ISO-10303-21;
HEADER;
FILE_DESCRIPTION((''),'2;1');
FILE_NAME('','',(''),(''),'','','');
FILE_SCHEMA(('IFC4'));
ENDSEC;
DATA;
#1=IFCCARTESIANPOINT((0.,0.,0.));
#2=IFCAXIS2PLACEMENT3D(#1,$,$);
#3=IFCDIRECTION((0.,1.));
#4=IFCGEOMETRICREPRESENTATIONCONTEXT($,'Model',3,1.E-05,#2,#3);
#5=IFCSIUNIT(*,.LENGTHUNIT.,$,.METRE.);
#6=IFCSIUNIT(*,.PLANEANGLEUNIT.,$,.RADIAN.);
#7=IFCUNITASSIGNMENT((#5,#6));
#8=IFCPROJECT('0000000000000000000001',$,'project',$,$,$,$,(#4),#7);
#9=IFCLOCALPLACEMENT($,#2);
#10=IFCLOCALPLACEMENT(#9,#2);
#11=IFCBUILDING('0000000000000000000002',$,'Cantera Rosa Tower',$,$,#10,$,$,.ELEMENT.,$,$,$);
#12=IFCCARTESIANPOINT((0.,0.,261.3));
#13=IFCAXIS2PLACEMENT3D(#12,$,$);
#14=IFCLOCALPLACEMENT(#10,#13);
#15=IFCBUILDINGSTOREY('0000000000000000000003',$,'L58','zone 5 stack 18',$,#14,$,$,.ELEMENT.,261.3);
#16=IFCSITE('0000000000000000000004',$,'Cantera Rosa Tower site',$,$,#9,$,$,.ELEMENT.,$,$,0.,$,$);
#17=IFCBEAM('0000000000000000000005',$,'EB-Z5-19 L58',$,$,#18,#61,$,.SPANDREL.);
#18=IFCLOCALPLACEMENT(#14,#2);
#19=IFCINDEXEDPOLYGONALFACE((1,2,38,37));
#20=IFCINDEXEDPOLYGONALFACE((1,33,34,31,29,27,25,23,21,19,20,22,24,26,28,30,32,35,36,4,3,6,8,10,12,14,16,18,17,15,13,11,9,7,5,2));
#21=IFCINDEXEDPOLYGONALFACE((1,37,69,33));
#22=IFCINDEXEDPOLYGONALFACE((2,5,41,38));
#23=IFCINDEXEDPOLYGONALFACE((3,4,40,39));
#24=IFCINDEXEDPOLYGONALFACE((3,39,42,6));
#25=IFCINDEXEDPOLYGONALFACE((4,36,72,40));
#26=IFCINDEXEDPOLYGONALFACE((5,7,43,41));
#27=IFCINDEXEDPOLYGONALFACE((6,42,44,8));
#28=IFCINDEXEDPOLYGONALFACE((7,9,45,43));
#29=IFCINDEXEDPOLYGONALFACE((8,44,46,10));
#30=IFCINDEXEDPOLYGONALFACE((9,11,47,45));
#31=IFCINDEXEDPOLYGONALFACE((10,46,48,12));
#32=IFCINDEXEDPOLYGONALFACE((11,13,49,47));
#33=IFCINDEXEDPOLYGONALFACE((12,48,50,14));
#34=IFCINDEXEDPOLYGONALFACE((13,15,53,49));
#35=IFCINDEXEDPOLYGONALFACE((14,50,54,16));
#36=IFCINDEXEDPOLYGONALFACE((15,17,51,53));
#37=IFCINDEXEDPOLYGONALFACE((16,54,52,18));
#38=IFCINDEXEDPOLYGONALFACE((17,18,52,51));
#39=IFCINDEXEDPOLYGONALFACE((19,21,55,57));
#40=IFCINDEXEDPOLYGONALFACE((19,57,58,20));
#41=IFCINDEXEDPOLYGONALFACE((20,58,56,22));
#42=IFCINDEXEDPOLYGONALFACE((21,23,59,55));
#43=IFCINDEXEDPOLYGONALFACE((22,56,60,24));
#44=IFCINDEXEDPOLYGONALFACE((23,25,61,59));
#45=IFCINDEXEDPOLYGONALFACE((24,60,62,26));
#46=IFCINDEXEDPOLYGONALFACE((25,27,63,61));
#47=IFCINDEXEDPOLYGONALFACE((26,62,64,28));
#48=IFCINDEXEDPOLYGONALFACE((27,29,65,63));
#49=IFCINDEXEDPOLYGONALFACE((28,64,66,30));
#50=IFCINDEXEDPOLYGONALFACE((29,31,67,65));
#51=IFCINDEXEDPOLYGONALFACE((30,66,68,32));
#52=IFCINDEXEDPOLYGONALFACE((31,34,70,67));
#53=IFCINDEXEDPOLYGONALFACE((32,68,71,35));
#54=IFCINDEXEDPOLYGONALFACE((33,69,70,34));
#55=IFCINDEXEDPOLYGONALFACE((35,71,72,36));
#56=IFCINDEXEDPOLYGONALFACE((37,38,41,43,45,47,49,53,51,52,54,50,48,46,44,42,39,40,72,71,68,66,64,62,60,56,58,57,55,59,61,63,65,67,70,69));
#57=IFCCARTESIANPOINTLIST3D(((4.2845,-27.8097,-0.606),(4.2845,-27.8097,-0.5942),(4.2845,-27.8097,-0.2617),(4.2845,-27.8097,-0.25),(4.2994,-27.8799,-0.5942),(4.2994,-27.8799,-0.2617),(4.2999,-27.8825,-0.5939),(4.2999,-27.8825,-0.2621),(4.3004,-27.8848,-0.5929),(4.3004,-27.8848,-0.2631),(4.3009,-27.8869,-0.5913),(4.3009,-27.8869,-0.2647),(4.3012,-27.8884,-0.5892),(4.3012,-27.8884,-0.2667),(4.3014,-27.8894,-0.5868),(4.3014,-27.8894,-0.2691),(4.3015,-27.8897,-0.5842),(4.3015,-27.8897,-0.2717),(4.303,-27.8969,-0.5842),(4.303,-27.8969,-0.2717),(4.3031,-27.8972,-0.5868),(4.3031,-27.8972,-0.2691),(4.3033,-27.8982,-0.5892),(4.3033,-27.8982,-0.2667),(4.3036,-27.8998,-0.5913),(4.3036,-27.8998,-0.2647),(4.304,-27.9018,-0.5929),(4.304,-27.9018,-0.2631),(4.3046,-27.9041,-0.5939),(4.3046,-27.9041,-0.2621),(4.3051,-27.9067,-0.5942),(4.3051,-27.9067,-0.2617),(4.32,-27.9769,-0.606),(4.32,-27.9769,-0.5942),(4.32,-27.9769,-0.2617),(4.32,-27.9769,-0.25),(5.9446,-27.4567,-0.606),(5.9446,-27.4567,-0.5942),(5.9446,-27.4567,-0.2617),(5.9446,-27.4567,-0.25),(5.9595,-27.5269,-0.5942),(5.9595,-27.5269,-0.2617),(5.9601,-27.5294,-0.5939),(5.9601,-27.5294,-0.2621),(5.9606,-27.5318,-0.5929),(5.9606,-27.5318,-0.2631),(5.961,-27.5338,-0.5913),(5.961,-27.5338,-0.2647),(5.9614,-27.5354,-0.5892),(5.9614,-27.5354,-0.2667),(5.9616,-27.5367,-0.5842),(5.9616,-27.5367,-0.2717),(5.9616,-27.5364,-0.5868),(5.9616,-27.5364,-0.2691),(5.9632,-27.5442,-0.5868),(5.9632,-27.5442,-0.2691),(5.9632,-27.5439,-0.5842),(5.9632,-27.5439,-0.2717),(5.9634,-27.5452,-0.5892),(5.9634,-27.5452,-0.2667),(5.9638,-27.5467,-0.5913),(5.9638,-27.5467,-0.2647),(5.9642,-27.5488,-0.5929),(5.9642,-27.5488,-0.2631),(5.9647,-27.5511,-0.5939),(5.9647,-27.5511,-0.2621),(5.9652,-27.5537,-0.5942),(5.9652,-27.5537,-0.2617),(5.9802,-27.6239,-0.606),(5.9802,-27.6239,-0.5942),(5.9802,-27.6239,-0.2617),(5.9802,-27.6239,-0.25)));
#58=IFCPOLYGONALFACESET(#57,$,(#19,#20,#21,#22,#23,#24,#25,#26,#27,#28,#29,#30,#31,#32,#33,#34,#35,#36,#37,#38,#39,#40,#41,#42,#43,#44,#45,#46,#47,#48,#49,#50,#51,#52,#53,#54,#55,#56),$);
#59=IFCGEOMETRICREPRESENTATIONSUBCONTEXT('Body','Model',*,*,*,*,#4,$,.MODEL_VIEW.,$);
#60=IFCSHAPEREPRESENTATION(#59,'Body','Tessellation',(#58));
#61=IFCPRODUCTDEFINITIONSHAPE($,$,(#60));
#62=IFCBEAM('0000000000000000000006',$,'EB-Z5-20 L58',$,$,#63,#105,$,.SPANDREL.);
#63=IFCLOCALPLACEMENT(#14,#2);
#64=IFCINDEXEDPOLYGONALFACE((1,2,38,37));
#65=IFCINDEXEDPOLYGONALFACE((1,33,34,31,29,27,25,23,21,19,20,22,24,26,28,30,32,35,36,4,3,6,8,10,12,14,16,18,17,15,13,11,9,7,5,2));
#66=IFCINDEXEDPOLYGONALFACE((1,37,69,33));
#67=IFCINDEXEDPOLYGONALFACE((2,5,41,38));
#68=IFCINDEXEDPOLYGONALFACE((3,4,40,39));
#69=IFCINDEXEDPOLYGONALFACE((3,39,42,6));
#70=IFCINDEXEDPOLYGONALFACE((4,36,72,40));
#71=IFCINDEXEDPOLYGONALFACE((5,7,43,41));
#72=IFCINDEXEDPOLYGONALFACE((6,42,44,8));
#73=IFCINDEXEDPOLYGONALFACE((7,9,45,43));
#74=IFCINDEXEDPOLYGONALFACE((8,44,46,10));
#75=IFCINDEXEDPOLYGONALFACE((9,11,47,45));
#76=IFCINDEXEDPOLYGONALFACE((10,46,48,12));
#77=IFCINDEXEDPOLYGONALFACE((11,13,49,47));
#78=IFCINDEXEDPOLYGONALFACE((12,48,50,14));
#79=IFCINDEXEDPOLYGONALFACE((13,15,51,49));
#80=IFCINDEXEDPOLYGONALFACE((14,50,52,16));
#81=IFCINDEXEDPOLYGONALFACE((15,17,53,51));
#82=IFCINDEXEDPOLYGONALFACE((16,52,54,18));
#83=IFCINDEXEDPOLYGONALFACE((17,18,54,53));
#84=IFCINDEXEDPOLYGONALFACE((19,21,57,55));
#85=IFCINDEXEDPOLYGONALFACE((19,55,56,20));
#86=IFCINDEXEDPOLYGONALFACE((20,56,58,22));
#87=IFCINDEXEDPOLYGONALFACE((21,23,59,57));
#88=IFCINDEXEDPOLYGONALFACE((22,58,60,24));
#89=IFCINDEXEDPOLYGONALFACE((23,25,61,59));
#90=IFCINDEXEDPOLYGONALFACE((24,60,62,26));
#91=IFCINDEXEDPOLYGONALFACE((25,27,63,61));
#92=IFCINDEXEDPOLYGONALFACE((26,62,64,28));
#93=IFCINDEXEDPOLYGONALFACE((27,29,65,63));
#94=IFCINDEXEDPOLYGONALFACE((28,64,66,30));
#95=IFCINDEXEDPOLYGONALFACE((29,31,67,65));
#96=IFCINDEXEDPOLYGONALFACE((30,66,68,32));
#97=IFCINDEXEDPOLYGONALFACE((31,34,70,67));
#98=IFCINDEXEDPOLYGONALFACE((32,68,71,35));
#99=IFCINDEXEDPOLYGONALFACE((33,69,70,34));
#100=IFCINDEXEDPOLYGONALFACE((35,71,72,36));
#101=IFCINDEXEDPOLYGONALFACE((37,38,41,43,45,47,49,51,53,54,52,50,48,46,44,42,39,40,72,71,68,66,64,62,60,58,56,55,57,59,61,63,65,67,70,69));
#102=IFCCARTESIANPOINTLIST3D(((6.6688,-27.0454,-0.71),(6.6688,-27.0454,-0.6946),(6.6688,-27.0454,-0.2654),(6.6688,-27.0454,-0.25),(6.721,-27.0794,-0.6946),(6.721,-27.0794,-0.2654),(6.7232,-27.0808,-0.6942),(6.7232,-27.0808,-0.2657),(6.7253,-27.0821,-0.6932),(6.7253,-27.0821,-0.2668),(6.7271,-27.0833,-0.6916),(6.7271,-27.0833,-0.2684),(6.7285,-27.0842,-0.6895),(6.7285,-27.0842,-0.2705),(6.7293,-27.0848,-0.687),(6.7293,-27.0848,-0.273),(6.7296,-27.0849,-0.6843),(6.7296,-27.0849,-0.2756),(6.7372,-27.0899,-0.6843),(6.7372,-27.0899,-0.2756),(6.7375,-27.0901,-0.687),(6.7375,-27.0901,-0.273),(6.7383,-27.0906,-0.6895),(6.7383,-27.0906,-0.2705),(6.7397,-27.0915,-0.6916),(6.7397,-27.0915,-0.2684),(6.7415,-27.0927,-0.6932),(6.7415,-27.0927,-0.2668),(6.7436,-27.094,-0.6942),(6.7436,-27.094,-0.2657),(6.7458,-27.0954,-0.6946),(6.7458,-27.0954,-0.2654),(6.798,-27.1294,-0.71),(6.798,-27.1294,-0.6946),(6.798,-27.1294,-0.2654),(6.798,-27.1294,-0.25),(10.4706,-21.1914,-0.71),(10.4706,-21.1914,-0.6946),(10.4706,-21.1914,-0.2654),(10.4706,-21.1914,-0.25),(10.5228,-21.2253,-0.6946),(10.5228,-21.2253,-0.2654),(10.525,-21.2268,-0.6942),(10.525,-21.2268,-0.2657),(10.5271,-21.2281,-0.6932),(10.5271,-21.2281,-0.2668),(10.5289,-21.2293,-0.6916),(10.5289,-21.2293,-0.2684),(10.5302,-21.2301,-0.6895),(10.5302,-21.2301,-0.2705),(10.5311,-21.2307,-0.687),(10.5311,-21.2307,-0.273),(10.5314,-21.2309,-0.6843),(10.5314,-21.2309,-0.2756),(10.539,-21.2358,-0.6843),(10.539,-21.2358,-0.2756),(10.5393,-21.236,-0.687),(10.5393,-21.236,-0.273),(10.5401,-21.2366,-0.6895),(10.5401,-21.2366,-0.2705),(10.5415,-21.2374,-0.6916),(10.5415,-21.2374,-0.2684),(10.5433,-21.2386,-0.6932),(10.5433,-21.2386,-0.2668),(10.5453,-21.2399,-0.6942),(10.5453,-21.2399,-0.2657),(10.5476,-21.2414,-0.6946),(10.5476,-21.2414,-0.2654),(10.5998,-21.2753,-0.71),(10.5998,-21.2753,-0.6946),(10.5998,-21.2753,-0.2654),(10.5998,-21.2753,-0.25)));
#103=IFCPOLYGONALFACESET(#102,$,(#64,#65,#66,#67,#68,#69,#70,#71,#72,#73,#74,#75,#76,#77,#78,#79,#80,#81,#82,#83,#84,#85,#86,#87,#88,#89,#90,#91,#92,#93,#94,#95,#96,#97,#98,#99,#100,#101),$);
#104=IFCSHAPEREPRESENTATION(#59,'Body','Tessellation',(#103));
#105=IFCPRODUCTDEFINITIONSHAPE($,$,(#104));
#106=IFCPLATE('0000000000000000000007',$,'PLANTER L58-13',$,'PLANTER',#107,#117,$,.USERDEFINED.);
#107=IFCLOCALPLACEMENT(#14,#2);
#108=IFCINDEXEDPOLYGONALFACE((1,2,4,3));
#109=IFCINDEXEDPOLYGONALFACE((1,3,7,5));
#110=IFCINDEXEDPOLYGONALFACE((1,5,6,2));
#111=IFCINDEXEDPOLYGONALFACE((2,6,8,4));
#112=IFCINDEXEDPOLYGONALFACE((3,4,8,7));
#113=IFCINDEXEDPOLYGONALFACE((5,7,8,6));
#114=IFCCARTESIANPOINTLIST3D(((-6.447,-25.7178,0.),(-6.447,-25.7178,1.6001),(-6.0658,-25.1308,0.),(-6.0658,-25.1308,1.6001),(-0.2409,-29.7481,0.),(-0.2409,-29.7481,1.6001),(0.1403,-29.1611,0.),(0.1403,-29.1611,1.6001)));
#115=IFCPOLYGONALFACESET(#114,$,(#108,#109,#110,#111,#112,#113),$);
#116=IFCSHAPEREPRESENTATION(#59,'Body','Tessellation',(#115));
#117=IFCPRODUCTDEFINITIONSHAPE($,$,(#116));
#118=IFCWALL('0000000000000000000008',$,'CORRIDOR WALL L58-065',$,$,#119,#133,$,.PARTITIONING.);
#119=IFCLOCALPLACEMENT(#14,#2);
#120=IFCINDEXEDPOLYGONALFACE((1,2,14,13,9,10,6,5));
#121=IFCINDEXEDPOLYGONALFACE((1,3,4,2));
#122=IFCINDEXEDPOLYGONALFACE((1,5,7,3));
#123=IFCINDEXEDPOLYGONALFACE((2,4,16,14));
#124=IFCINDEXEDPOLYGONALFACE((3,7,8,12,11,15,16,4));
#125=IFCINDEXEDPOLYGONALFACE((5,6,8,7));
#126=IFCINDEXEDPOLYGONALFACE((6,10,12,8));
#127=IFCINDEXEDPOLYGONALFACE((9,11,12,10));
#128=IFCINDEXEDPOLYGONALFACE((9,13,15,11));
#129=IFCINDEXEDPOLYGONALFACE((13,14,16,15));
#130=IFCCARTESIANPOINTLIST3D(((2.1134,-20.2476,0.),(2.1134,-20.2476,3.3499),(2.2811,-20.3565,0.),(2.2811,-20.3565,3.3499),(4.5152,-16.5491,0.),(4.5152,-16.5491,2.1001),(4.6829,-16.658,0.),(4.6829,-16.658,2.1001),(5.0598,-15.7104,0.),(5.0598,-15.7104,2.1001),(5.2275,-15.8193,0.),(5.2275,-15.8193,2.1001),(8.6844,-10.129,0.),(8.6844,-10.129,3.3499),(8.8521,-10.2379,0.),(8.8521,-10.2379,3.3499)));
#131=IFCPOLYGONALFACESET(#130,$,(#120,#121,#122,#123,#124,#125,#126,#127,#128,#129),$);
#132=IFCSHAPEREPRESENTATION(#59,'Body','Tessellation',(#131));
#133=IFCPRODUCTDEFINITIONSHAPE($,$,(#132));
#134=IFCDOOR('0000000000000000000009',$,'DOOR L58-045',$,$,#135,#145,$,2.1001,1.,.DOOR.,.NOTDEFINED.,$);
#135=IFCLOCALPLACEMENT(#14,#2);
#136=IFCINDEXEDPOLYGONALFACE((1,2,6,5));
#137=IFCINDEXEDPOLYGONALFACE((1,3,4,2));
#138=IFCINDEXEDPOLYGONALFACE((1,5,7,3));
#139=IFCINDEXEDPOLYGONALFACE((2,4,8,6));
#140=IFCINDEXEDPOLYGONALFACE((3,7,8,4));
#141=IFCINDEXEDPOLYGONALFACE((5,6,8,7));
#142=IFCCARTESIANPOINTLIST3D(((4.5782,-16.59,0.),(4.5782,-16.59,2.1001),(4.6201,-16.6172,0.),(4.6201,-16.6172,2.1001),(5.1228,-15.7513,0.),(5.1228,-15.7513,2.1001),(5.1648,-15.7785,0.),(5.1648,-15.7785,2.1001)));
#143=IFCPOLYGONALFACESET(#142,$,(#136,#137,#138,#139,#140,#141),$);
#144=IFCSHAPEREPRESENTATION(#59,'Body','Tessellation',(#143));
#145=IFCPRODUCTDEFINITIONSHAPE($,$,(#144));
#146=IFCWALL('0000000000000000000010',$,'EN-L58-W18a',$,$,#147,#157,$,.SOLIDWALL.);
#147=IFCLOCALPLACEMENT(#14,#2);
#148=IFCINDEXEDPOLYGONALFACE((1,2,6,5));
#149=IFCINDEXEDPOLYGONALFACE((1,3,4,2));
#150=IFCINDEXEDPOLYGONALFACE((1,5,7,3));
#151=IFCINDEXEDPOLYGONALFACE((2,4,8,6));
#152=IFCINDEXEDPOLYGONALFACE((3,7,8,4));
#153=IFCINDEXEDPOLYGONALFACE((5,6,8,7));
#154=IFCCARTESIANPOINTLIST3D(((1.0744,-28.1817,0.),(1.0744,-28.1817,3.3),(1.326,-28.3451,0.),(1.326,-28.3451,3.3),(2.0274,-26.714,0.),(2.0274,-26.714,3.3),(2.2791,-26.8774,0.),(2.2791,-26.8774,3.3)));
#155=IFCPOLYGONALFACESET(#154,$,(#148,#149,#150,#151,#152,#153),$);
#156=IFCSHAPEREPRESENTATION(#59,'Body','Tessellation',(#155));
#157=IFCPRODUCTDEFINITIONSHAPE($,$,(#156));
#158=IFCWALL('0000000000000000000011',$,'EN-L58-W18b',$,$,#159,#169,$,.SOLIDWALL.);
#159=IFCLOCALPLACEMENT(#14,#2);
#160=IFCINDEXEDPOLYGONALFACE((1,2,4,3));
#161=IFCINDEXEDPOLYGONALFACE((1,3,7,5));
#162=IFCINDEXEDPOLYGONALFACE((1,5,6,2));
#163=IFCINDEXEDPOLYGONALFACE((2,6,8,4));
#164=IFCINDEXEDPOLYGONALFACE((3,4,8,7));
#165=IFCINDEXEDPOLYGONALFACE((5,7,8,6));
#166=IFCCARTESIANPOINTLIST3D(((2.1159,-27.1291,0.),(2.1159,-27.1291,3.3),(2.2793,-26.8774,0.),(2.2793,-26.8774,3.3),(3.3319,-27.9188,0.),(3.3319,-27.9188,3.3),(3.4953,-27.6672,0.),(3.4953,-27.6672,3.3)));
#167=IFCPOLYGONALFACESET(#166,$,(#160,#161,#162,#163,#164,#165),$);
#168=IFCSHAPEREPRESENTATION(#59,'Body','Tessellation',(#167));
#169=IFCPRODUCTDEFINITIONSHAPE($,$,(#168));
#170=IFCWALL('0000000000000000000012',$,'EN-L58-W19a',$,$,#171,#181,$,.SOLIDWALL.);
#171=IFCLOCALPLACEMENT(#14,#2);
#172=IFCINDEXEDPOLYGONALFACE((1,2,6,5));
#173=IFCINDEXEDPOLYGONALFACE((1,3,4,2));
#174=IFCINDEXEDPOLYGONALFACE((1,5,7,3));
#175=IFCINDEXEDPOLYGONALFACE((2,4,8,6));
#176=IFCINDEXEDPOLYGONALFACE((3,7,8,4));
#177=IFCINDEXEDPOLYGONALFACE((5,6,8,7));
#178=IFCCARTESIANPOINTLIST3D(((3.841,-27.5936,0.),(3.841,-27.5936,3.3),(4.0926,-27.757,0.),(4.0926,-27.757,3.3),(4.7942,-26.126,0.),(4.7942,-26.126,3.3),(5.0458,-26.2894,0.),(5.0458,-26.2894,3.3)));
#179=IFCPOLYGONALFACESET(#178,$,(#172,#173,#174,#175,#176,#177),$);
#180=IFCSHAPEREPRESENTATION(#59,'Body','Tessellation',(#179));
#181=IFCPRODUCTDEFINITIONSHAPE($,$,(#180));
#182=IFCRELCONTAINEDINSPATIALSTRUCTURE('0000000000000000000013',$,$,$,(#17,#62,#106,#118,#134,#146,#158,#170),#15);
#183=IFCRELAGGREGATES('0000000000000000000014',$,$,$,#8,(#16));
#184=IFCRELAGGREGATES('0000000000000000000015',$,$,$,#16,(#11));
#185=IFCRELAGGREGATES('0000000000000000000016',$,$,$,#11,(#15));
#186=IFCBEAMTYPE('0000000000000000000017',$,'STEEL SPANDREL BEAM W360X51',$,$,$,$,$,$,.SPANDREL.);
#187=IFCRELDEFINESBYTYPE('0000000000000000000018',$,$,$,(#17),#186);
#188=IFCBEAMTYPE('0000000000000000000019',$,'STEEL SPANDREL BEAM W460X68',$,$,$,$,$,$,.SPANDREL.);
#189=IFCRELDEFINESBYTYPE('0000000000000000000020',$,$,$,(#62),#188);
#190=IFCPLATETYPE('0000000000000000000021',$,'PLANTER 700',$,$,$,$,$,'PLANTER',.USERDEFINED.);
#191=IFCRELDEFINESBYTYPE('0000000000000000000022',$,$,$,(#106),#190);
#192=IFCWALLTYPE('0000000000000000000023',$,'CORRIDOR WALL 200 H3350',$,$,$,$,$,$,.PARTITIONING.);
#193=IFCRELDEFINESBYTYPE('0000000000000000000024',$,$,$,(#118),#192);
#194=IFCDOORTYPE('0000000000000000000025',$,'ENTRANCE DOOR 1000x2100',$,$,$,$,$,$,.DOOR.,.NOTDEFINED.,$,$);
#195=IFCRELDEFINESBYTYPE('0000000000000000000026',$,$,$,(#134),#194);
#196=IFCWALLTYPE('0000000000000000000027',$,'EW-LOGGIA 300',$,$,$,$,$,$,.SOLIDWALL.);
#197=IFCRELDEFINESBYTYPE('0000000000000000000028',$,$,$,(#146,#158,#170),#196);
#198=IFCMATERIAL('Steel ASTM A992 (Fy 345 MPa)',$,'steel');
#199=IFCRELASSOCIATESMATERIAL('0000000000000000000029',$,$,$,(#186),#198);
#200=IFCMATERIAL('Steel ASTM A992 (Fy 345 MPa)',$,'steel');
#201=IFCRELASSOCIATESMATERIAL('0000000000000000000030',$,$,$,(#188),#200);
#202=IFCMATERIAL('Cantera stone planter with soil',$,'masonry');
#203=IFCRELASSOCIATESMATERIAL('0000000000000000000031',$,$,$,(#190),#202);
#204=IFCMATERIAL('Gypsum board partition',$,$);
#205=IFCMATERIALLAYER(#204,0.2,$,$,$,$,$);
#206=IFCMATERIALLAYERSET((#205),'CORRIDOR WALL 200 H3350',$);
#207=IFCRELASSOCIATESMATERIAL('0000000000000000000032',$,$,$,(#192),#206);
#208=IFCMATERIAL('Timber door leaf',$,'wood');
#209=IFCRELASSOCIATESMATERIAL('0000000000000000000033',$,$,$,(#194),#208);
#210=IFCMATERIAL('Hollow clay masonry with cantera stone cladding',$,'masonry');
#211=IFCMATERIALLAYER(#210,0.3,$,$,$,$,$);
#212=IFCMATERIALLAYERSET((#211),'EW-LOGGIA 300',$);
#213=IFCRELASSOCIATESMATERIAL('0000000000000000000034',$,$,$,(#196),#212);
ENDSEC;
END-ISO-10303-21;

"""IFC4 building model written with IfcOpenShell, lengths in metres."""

from ifc_helpers import new_model, si_unit, direction, frame, frame_2d, origin, origin_2d, place, context, subcontext, project, spatial, rectangle, i_section, extrude, material, layer, layer_set, material_profile, profile_set, type_object, element, fill, save


model = new_model("IFC4")

# Units and contexts
model_context = context("Model", 3, precision=1e-05, world=origin(), true_north=direction((0.0, 1.0)))
body_context = subcontext(model_context, "Body", "Model", "MODEL_VIEW")
ifc_project = project(units=[si_unit("LENGTHUNIT", "METRE"), si_unit("PLANEANGLEUNIT", "RADIAN")], contexts=[model_context])

# Site, building, storey
site_placement = place(None, origin())
site = spatial("IfcSite", under=ifc_project, at=site_placement, Name="Cantera Rosa Tower site", CompositionType="ELEMENT", RefElevation=0.0)
building_placement = place(site_placement, origin())
building = spatial("IfcBuilding", under=site, at=building_placement, Name="Cantera Rosa Tower", CompositionType="ELEMENT")
storey_placement = place(building_placement, frame((0.0, 0.0, 261.3)))
storey = spatial("IfcBuildingStorey", under=building, at=storey_placement, Name="L58", Description="zone 5 stack 18", CompositionType="ELEMENT", Elevation=261.3)

# Beams
ifc_material_1 = material(Name="Steel ASTM A992 (Fy 345 MPa)", Category="steel")
ifc_material_profile_1 = material_profile(ifc_material_1, i_section(OverallWidth=0.1709, OverallDepth=0.356, WebThickness=0.0073, FlangeThickness=0.0117, FilletRadius=0.01, at=origin_2d()), Name="W360X51")
ifc_profile_set_1 = profile_set([ifc_material_profile_1], Name="Steel ASTM A992 (Fy 345 MPa)")
beam_type_1 = type_object("IfcBeamType", Name="STEEL SPANDREL BEAM W360X51", PredefinedType="SPANDREL", material=ifc_profile_set_1)
for number, where, z_axis, x_axis, name in (
    (1, (4.3022, -27.8933, -0.428), (0.97813, 0.207996, 0.0), (-0.207996, 0.97813, 0.0), "EB-Z5-19 L58"),
):
    element("IfcBeam", number, at=place(storey_placement, frame(where, z_axis=z_axis, x_axis=x_axis)), inside=storey, type_object=beam_type_1, Name=name, PredefinedType="SPANDREL", context=body_context, shape_type="SweptSolid", body=[
        extrude(i_section(OverallWidth=0.1709, OverallDepth=0.356, WebThickness=0.0073, FlangeThickness=0.0117, FilletRadius=0.01, at=origin_2d()), origin(), (0.0, 0.0, 1.0), 1.6973),
    ])
ifc_material_2 = material(Name="Steel ASTM A992 (Fy 345 MPa)", Category="steel")
ifc_material_profile_2 = material_profile(ifc_material_2, i_section(OverallWidth=0.1541, OverallDepth=0.46, WebThickness=0.009, FlangeThickness=0.0154, FilletRadius=0.0103, at=origin_2d()), Name="W460X68")
ifc_profile_set_2 = profile_set([ifc_material_profile_2], Name="Steel ASTM A992 (Fy 345 MPa)")
beam_type_2 = type_object("IfcBeamType", Name="STEEL SPANDREL BEAM W460X68", PredefinedType="SPANDREL", material=ifc_profile_set_2)
beam_1_placement = place(storey_placement, frame((6.7334, -27.0874, -0.48), z_axis=(0.544651, 0.838663, 0.0), x_axis=(-0.838663, 0.544651, 0.0)))
element("IfcBeam", 2, at=beam_1_placement, inside=storey, type_object=beam_type_2, Name="EB-Z5-20 L58", PredefinedType="SPANDREL", context=body_context, shape_type="SweptSolid", body=[
    extrude(i_section(OverallWidth=0.1541, OverallDepth=0.46, WebThickness=0.009, FlangeThickness=0.0154, FilletRadius=0.0103, at=origin_2d()), origin(), (0.0, 0.0, 1.0), 6.9802),
])

# Plate
ifc_material_3 = material(Name="Cantera stone planter with soil", Category="masonry")
plate_type = type_object("IfcPlateType", Name="PLANTER 700", ElementType="PLANTER", PredefinedType="USERDEFINED", material=ifc_material_3)
plate_placement = place(storey_placement, frame((-3.1533, -27.4395, 0.0), z_axis=(0.0, 0.0, 1.0), x_axis=(0.838671, -0.544639, 0.0)))
element("IfcPlate", 3, at=plate_placement, inside=storey, type_object=plate_type, Name="PLANTER L58-13", ObjectType="PLANTER", PredefinedType="USERDEFINED", context=body_context, shape_type="SweptSolid", body=[
    extrude(rectangle(XDim=7.3999, YDim=0.7, at=origin_2d()), origin(), (0.0, 0.0, 1.0), 1.6001),
])

# Wall, opening, door
ifc_material_4 = material(Name="Gypsum board partition")
ifc_layer_1 = layer(ifc_material_4, 0.2)
ifc_layer_set_1 = layer_set([ifc_layer_1], Name="CORRIDOR WALL 200 H3350")
wall_type_1 = type_object("IfcWallType", Name="CORRIDOR WALL 200 H3350", PredefinedType="PARTITIONING", material=ifc_layer_set_1)
wall_1_placement = place(storey_placement, frame((2.1973, -20.302, 0.0), z_axis=(0.0, 0.0, 1.0), x_axis=(0.544634, 0.838674, 0.0)))
wall_1 = element("IfcWall", 4, at=wall_1_placement, inside=storey, type_object=wall_type_1, Name="CORRIDOR WALL L58-065", PredefinedType="PARTITIONING", context=body_context, shape_type="SweptSolid", body=[
    extrude(rectangle(XDim=12.0649, YDim=0.2, at=frame_2d((6.0325, 0.0))), origin(), (0.0, 0.0, 1.0), 3.3499),
])
opening_1_placement = place(wall_1_placement, frame((4.4099, 0.0, 0.0)))
opening_1 = element("IfcOpeningElement", 5, at=opening_1_placement, cuts=wall_1, PredefinedType="OPENING", context=body_context, shape_type="SweptSolid", body=[
    extrude(rectangle(XDim=1.0, YDim=2.1001, at=frame_2d((0.5, 1.05))), frame((0.0, 0.1099, 0.0), z_axis=(0.0, -1.0, 0.0), x_axis=(1.0, 0.0, 0.0)), (0.0, 0.0, 1.0), 0.22),
])
ifc_material_5 = material(Name="Timber door leaf", Category="wood")
door_type_1 = type_object("IfcDoorType", Name="ENTRANCE DOOR 1000x2100", OperationType="NOTDEFINED", PredefinedType="DOOR", material=ifc_material_5)
door_1_placement = place(opening_1_placement, origin())
door_1 = element("IfcDoor", 6, at=door_1_placement, inside=storey, type_object=door_type_1, Name="DOOR L58-045", OperationType="NOTDEFINED", OverallHeight=2.1001, OverallWidth=1.0, PredefinedType="DOOR", context=body_context, shape_type="SweptSolid", body=[
    extrude(rectangle(XDim=1.0, YDim=2.1001, at=frame_2d((0.5, 1.05))), frame((0.0, 0.0249, 0.0), z_axis=(0.0, -1.0, 0.0), x_axis=(1.0, 0.0, 0.0)), (0.0, 0.0, 1.0), 0.05),
])
fill(opening_1, door_1)

# Walls
ifc_material_6 = material(Name="Hollow clay masonry with cantera stone cladding", Category="masonry")
ifc_layer_2 = layer(ifc_material_6, 0.3)
ifc_layer_set_2 = layer_set([ifc_layer_2], Name="EW-LOGGIA 300")
wall_type_2 = type_object("IfcWallType", Name="EW-LOGGIA 300", PredefinedType="SOLIDWALL", material=ifc_layer_set_2)
wall_2_placement = place(storey_placement, frame((1.2002, -28.2634, 0.0), z_axis=(0.0, 0.0, 1.0), x_axis=(0.544616, 0.838686, 0.0)))
element("IfcWall", 7, at=wall_2_placement, inside=storey, type_object=wall_type_2, Name="EN-L58-W18a", PredefinedType="SOLIDWALL", context=body_context, shape_type="SweptSolid", body=[
    extrude(rectangle(XDim=1.75, YDim=0.3, at=frame_2d((0.875, 0.0))), origin(), (0.0, 0.0, 1.0), 3.3),
])
wall_3_placement = place(storey_placement, frame((2.1975, -27.0032, 0.0), z_axis=(0.0, 0.0, 1.0), x_axis=(0.838647, -0.544675, 0.0)))
element("IfcWall", 8, at=wall_3_placement, inside=storey, type_object=wall_type_2, Name="EN-L58-W18b", PredefinedType="SOLIDWALL", context=body_context, shape_type="SweptSolid", body=[
    extrude(rectangle(XDim=1.45, YDim=0.3, at=frame_2d((0.7251, 0.0))), origin(), (0.0, 0.0, 1.0), 3.3),
])
wall_4_placement = place(storey_placement, frame((3.9668, -27.6753, 0.0), z_axis=(0.0, 0.0, 1.0), x_axis=(0.544679, 0.838644, 0.0)))
element("IfcWall", 9, at=wall_4_placement, inside=storey, type_object=wall_type_2, Name="EN-L58-W19a", PredefinedType="SOLIDWALL", context=body_context, shape_type="SweptSolid", body=[
    extrude(rectangle(XDim=1.75, YDim=0.3, at=frame_2d((0.875, 0.0))), origin(), (0.0, 0.0, 1.0), 3.3),
])

save(model, "model.ifc")
